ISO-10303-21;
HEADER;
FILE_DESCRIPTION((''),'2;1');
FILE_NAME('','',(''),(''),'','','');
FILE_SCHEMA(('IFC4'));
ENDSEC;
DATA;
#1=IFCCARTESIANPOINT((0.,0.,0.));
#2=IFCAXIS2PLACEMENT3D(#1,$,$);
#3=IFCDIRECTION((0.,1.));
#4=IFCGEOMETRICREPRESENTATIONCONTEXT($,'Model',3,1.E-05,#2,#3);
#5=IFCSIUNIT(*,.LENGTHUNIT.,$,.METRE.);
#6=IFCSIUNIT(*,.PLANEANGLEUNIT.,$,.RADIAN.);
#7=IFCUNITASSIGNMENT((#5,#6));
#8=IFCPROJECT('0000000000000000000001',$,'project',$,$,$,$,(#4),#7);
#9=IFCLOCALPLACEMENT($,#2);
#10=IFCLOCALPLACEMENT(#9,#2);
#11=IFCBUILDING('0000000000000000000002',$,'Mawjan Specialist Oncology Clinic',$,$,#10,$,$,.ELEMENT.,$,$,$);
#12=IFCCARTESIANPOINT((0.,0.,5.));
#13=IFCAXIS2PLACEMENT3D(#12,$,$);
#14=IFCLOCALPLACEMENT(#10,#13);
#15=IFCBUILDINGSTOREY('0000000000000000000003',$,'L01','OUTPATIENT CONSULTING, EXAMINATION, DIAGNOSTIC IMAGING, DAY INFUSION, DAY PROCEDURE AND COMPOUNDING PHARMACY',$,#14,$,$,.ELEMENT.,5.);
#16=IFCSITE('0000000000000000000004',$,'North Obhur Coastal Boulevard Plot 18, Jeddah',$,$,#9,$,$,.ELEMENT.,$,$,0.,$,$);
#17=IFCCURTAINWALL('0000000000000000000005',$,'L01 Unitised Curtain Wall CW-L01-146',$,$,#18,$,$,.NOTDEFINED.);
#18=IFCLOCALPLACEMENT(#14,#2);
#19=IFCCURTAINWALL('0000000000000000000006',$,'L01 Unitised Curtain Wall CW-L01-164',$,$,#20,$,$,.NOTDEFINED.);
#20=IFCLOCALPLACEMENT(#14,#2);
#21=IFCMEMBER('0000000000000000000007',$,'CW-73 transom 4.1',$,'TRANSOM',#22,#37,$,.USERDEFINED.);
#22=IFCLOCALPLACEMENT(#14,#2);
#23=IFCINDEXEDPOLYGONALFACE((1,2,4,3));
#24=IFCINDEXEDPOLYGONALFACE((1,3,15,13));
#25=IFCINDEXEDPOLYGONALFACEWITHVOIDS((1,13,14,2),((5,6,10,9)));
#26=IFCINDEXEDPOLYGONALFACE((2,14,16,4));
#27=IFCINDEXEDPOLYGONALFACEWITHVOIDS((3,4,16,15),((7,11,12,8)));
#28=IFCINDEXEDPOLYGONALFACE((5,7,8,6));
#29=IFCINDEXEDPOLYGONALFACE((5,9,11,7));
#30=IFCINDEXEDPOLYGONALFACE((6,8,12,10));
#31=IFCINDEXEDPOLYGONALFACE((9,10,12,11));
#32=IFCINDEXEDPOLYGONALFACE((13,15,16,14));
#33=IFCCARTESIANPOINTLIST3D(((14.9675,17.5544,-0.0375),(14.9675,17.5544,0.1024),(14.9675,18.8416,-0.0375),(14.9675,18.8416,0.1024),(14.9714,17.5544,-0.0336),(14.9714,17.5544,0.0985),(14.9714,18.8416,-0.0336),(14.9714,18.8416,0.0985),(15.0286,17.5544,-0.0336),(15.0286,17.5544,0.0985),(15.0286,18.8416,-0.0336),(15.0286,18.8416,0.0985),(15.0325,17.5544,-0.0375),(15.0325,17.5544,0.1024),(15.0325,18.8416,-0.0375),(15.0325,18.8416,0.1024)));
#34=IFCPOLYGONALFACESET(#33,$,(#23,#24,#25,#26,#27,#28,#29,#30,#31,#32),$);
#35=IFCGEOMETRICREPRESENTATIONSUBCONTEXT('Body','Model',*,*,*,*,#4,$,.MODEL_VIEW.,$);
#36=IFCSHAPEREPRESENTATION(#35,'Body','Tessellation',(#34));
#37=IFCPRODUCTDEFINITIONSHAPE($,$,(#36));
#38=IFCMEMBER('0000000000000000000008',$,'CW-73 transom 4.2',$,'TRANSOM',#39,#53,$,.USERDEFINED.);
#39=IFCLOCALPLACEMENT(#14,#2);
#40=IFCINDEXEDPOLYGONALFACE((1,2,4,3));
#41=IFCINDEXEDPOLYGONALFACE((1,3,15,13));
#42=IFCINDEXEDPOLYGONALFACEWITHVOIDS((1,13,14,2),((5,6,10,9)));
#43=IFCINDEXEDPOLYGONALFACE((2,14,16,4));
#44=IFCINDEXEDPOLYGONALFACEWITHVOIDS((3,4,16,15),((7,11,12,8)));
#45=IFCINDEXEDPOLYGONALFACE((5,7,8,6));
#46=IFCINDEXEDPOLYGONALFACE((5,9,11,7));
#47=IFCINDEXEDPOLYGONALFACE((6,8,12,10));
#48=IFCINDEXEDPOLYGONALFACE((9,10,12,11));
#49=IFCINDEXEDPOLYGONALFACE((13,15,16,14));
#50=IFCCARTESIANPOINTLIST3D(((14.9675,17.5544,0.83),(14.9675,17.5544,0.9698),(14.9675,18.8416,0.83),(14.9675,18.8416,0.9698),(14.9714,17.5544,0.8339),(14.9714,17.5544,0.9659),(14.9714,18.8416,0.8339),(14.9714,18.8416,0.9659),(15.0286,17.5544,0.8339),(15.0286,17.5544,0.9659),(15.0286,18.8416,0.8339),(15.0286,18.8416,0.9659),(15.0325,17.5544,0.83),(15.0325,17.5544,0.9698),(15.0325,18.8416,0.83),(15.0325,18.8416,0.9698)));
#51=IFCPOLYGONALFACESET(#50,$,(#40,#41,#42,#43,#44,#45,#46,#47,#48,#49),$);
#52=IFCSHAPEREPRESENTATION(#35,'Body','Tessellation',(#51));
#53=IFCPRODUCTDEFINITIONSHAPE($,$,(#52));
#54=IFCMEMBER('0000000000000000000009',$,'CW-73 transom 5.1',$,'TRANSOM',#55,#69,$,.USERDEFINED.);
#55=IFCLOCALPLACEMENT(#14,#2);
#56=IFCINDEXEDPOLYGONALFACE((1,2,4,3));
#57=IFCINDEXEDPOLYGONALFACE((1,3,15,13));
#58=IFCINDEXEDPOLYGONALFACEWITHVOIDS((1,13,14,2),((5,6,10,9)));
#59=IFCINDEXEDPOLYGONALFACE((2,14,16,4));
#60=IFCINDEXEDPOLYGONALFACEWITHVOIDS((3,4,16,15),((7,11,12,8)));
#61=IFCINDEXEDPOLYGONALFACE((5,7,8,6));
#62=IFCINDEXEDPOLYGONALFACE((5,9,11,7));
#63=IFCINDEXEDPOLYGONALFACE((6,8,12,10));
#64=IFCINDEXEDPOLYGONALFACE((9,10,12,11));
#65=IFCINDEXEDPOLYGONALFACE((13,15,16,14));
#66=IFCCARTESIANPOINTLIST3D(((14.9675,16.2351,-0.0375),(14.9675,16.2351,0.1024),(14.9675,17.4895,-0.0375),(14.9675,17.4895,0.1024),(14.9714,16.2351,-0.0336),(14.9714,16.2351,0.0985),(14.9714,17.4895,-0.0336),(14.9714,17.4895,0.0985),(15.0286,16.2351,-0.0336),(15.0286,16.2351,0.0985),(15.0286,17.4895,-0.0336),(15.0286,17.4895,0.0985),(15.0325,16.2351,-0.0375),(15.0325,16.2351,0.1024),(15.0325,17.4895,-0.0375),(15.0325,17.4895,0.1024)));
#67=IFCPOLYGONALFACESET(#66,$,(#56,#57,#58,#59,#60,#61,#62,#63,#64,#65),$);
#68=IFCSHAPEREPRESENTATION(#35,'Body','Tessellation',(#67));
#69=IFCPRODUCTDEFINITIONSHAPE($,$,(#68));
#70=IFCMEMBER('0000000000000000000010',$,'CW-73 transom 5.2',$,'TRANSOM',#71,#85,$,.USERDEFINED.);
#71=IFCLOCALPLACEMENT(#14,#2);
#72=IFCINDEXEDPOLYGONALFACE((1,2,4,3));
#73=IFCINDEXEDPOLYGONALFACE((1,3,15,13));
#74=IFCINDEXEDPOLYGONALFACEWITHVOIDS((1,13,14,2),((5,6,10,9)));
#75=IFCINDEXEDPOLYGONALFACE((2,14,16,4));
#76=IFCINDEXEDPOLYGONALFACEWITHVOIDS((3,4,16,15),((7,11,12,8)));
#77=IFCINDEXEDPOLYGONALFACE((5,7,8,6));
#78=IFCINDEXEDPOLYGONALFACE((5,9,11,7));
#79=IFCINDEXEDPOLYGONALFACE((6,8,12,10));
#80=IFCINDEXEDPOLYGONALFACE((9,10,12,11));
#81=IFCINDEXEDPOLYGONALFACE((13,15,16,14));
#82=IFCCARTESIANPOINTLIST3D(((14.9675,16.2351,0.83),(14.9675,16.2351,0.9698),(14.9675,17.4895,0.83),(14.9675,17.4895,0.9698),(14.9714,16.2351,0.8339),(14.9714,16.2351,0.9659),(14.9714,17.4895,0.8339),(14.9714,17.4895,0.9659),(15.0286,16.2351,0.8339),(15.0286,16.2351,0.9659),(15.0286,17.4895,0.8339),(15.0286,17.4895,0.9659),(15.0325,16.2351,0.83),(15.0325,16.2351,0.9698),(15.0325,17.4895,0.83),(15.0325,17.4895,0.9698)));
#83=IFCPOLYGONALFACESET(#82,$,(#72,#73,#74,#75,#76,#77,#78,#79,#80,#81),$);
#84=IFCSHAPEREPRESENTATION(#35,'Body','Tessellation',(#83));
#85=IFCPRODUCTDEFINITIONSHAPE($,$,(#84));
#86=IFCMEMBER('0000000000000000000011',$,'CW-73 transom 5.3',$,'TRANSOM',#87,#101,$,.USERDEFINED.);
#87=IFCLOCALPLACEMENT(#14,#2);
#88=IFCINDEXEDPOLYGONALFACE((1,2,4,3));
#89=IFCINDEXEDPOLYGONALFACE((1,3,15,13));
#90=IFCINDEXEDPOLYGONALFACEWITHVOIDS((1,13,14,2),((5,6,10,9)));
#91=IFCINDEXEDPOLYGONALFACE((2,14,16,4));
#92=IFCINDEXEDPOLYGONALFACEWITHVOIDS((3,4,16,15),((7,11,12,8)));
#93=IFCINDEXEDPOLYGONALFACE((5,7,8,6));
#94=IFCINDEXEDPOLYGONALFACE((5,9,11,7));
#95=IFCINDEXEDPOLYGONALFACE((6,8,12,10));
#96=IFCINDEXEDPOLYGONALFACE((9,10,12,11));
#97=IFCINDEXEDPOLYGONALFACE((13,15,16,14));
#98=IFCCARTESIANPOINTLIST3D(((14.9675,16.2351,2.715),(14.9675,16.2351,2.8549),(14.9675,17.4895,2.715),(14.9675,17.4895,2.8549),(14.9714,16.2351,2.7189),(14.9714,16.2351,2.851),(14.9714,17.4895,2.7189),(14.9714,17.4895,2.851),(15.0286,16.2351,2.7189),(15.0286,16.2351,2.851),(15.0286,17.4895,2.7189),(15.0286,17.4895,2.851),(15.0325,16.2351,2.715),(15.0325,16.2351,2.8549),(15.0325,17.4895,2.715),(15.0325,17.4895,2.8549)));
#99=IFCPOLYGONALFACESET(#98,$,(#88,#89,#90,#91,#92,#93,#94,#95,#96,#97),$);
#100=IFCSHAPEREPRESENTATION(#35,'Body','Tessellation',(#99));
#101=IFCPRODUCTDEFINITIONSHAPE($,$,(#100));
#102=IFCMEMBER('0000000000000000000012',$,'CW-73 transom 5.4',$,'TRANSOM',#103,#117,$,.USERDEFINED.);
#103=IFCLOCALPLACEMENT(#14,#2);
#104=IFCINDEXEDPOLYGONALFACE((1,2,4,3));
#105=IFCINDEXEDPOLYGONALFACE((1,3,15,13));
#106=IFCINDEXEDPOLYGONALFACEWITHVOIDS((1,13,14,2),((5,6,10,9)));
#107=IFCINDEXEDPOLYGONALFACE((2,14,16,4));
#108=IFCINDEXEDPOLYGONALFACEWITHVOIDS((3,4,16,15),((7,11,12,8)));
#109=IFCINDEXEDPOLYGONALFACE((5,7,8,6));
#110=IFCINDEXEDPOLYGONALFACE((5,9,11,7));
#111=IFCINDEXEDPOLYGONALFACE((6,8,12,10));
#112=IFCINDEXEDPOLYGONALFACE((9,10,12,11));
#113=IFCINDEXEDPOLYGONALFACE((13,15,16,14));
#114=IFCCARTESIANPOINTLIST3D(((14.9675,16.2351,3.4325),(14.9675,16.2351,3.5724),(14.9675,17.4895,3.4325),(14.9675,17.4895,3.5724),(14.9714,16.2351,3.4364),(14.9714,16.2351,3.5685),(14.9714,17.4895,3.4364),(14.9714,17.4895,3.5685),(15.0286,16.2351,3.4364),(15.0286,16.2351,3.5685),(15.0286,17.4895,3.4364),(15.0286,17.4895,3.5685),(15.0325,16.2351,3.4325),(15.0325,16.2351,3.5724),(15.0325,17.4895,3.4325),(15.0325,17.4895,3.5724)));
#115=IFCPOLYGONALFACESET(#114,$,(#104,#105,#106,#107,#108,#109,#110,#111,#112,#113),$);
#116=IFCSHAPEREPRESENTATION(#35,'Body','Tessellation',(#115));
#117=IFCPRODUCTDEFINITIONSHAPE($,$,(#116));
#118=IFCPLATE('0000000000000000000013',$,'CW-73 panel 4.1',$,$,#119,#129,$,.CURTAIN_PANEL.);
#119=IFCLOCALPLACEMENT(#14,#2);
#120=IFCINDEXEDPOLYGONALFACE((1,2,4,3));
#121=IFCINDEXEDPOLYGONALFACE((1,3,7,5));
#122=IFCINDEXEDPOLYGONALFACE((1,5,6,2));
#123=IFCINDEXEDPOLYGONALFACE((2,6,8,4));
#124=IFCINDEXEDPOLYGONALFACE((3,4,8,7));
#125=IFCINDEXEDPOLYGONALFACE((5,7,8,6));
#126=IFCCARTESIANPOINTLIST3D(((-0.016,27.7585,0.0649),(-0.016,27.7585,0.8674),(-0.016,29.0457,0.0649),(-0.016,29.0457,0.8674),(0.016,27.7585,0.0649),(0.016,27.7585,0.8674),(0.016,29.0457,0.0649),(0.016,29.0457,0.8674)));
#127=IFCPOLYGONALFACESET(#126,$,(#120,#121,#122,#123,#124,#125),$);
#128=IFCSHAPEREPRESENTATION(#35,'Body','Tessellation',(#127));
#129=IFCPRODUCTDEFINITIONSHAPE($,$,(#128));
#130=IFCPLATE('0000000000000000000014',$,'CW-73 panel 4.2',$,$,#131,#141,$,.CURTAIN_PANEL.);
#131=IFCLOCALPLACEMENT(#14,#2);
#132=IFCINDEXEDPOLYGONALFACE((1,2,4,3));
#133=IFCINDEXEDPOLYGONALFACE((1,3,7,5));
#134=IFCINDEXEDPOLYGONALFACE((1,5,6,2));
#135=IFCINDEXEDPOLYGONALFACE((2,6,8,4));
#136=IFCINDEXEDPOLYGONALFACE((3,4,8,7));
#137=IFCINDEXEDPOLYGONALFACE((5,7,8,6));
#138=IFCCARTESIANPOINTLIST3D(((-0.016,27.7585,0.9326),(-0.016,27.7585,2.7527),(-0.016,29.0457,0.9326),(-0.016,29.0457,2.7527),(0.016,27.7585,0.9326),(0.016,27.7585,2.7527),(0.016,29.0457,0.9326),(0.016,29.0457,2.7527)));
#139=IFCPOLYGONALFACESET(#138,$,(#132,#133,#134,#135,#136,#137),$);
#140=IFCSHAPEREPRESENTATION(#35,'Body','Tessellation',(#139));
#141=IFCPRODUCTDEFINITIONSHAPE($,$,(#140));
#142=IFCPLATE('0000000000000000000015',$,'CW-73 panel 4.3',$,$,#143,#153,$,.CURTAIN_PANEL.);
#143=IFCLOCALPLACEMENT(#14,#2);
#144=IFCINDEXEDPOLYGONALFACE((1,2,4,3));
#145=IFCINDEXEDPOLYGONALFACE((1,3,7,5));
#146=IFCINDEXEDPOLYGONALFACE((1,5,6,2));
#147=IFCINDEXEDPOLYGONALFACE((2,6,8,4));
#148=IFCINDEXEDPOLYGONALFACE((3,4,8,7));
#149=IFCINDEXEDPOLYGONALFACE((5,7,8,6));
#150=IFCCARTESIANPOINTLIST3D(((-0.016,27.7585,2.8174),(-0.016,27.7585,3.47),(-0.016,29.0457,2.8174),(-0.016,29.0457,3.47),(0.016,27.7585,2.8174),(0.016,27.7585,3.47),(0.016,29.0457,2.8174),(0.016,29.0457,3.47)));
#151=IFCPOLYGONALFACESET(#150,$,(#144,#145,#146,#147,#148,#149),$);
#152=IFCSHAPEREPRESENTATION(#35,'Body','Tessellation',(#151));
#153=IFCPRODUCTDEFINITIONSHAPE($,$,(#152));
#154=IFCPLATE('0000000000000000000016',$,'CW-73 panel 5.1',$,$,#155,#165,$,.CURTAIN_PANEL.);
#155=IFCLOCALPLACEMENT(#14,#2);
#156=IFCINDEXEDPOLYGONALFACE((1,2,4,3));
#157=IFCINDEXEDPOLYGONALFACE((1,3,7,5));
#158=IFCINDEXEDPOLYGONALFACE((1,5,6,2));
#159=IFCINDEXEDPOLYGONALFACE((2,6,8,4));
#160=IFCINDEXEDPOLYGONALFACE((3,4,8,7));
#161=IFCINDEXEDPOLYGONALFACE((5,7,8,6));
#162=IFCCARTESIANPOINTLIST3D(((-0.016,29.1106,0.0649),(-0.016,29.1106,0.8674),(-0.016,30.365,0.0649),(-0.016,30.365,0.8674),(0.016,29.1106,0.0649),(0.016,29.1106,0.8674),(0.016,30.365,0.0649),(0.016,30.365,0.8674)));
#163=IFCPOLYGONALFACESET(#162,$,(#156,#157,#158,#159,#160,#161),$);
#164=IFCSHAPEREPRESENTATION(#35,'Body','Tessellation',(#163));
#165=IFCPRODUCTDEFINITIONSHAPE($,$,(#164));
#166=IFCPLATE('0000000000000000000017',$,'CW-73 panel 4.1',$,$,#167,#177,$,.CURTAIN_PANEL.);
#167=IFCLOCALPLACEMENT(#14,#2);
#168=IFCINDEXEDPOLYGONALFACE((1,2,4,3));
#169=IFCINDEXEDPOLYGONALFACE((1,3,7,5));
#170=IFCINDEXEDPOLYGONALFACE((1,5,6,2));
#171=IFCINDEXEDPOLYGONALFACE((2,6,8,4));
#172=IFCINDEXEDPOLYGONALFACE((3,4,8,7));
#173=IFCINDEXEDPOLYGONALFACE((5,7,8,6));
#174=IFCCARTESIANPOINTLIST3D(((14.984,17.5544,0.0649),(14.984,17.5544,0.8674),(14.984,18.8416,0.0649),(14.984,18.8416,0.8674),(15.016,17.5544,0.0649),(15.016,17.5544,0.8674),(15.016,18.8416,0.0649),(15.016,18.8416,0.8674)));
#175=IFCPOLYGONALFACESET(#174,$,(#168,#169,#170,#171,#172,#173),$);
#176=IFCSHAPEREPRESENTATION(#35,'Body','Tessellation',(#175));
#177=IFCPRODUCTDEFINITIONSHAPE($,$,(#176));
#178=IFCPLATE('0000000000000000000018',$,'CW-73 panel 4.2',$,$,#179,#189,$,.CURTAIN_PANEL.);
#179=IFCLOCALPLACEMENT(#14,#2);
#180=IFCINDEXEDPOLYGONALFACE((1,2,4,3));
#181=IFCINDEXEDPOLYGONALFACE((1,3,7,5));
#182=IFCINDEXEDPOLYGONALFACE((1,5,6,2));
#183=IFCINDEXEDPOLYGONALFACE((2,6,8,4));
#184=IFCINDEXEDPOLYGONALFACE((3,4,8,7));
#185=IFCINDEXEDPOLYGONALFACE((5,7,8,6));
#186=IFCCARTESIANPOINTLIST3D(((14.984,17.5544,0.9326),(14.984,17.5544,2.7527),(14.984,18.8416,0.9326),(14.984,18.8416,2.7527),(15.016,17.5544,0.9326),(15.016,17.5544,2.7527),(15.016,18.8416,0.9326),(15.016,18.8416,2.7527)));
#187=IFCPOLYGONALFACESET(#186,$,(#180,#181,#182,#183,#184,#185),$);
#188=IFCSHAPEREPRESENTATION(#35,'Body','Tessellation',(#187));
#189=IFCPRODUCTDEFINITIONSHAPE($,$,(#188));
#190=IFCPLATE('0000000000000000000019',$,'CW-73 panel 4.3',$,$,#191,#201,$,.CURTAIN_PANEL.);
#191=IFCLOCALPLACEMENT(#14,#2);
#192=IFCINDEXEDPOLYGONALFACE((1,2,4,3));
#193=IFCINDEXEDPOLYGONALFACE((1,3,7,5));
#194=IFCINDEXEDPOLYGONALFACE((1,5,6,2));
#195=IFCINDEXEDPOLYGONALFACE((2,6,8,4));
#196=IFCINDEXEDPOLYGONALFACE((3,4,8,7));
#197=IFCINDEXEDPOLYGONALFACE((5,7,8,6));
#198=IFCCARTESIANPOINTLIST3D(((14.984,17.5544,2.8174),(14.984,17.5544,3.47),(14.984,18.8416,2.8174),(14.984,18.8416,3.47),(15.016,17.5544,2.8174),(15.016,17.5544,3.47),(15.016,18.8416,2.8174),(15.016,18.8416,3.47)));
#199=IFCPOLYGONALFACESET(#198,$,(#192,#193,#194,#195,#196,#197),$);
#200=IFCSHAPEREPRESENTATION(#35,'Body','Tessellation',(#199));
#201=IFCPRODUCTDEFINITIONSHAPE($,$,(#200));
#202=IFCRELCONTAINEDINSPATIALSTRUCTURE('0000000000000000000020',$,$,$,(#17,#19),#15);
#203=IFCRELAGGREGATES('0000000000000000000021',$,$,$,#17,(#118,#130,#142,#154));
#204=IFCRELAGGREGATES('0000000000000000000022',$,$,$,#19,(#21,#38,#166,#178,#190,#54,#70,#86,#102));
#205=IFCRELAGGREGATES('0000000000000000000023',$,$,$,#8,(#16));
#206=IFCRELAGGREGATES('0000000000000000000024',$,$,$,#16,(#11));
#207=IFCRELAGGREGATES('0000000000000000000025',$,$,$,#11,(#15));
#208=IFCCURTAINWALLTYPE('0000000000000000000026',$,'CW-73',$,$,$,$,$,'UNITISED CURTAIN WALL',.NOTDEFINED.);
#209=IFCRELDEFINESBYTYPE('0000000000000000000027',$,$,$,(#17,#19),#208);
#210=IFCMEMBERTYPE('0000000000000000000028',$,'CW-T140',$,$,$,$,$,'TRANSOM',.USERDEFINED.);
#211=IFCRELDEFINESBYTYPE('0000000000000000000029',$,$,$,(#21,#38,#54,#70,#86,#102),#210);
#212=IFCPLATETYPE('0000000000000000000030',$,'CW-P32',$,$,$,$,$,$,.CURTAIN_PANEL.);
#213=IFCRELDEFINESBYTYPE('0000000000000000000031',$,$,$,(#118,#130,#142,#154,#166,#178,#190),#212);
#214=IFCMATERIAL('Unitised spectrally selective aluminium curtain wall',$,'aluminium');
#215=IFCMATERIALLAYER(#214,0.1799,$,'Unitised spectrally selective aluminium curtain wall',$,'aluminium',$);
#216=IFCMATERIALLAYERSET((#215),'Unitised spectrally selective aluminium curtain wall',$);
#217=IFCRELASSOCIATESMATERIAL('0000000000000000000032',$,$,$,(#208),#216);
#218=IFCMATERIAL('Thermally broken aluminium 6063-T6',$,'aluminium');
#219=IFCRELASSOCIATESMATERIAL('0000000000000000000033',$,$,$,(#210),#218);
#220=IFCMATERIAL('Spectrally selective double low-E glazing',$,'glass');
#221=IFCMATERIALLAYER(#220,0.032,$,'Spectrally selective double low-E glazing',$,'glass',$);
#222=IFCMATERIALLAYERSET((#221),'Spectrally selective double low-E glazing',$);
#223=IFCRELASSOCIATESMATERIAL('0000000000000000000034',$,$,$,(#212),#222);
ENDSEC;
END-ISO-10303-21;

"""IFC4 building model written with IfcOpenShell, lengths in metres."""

from ifc_helpers import new_model, si_unit, direction, frame, origin, origin_2d, place, context, subcontext, project, spatial, rectangle, hollow_rectangle, extrude, material, layer, layer_set, material_profile, profile_set, type_object, element, aggregate, save


model = new_model("IFC4")

# Units and contexts
model_context = context("Model", 3, precision=1e-05, world=origin(), true_north=direction((0.0, 1.0)))
body_context = subcontext(model_context, "Body", "Model", "MODEL_VIEW")
ifc_project = project(units=[si_unit("LENGTHUNIT", "METRE"), si_unit("PLANEANGLEUNIT", "RADIAN")], contexts=[model_context])

# Site, building, storey
site_placement = place(None, origin())
site = spatial("IfcSite", under=ifc_project, at=site_placement, Name="North Obhur Coastal Boulevard Plot 18, Jeddah", CompositionType="ELEMENT", RefElevation=0.0)
building_placement = place(site_placement, origin())
building = spatial("IfcBuilding", under=site, at=building_placement, Name="Mawjan Specialist Oncology Clinic", CompositionType="ELEMENT")
storey_placement = place(building_placement, frame((0.0, 0.0, 5.0)))
storey = spatial("IfcBuildingStorey", under=building, at=storey_placement, Name="L01", Description="OUTPATIENT CONSULTING, EXAMINATION, DIAGNOSTIC IMAGING, DAY INFUSION, DAY PROCEDURE AND COMPOUNDING PHARMACY", CompositionType="ELEMENT", Elevation=5.0)

# Curtain walls
ifc_material_1 = material(Name="Unitised spectrally selective aluminium curtain wall", Category="aluminium")
ifc_layer_1 = layer(ifc_material_1, 0.1799, Name="Unitised spectrally selective aluminium curtain wall", Category="aluminium")
ifc_layer_set_1 = layer_set([ifc_layer_1], Name="Unitised spectrally selective aluminium curtain wall")
curtain_wall_type = type_object("IfcCurtainWallType", Name="CW-73", ElementType="UNITISED CURTAIN WALL", PredefinedType="NOTDEFINED", material=ifc_layer_set_1)
curtain_wall_1_placement = place(storey_placement, origin())
curtain_wall_1 = element("IfcCurtainWall", 1, at=curtain_wall_1_placement, inside=storey, type_object=curtain_wall_type, Name="L01 Unitised Curtain Wall CW-L01-146", PredefinedType="NOTDEFINED")
curtain_wall_2_placement = place(storey_placement, origin())
curtain_wall_2 = element("IfcCurtainWall", 2, at=curtain_wall_2_placement, inside=storey, type_object=curtain_wall_type, Name="L01 Unitised Curtain Wall CW-L01-164", PredefinedType="NOTDEFINED")

# Members
ifc_material_2 = material(Name="Thermally broken aluminium 6063-T6", Category="aluminium")
ifc_material_profile_1 = material_profile(ifc_material_2, hollow_rectangle(XDim=0.0649, YDim=0.1399, WallThickness=0.0039, at=origin_2d()), Name="ALU TRANSOM 140x65x4", Category="aluminium")
ifc_profile_set_1 = profile_set([ifc_material_profile_1], Name="Thermally broken aluminium 6063-T6")
member_type_1 = type_object("IfcMemberType", Name="CW-T140", ElementType="TRANSOM", PredefinedType="USERDEFINED", material=ifc_profile_set_1)
member_1_placement = place(storey_placement, frame((15.0, 18.8416, 0.0325), z_axis=(0.0, -1.0, 0.0), x_axis=(1.0, 0.0, 0.0)))
member_1 = element("IfcMember", 3, at=member_1_placement, type_object=member_type_1, Name="CW-73 transom 4.1", ObjectType="TRANSOM", PredefinedType="USERDEFINED", context=body_context, shape_type="SweptSolid", body=[
    extrude(hollow_rectangle(XDim=0.0649, YDim=0.1399, WallThickness=0.0039, at=origin_2d()), origin(), (0.0, 0.0, 1.0), 1.2871),
])
member_2_placement = place(storey_placement, frame((15.0, 18.8416, 0.8999), z_axis=(0.0, -1.0, 0.0), x_axis=(1.0, 0.0, 0.0)))
member_2 = element("IfcMember", 4, at=member_2_placement, type_object=member_type_1, Name="CW-73 transom 4.2", ObjectType="TRANSOM", PredefinedType="USERDEFINED", context=body_context, shape_type="SweptSolid", body=[
    extrude(hollow_rectangle(XDim=0.0649, YDim=0.1399, WallThickness=0.0039, at=origin_2d()), origin(), (0.0, 0.0, 1.0), 1.2871),
])
member_3_placement = place(storey_placement, frame((15.0, 17.4895, 0.0325), z_axis=(0.0, -1.0, 0.0), x_axis=(1.0, 0.0, 0.0)))
member_3 = element("IfcMember", 5, at=member_3_placement, type_object=member_type_1, Name="CW-73 transom 5.1", ObjectType="TRANSOM", PredefinedType="USERDEFINED", context=body_context, shape_type="SweptSolid", body=[
    extrude(hollow_rectangle(XDim=0.0649, YDim=0.1399, WallThickness=0.0039, at=origin_2d()), origin(), (0.0, 0.0, 1.0), 1.2544),
])
member_4_placement = place(storey_placement, frame((15.0, 17.4895, 0.8999), z_axis=(0.0, -1.0, 0.0), x_axis=(1.0, 0.0, 0.0)))
member_4 = element("IfcMember", 6, at=member_4_placement, type_object=member_type_1, Name="CW-73 transom 5.2", ObjectType="TRANSOM", PredefinedType="USERDEFINED", context=body_context, shape_type="SweptSolid", body=[
    extrude(hollow_rectangle(XDim=0.0649, YDim=0.1399, WallThickness=0.0039, at=origin_2d()), origin(), (0.0, 0.0, 1.0), 1.2544),
])
member_5_placement = place(storey_placement, frame((15.0, 17.4895, 2.7849), z_axis=(0.0, -1.0, 0.0), x_axis=(1.0, 0.0, 0.0)))
member_5 = element("IfcMember", 7, at=member_5_placement, type_object=member_type_1, Name="CW-73 transom 5.3", ObjectType="TRANSOM", PredefinedType="USERDEFINED", context=body_context, shape_type="SweptSolid", body=[
    extrude(hollow_rectangle(XDim=0.0649, YDim=0.1399, WallThickness=0.0039, at=origin_2d()), origin(), (0.0, 0.0, 1.0), 1.2544),
])
member_6_placement = place(storey_placement, frame((15.0, 17.4895, 3.5024), z_axis=(0.0, -1.0, 0.0), x_axis=(1.0, 0.0, 0.0)))
member_6 = element("IfcMember", 8, at=member_6_placement, type_object=member_type_1, Name="CW-73 transom 5.4", ObjectType="TRANSOM", PredefinedType="USERDEFINED", context=body_context, shape_type="SweptSolid", body=[
    extrude(hollow_rectangle(XDim=0.0649, YDim=0.1399, WallThickness=0.0039, at=origin_2d()), origin(), (0.0, 0.0, 1.0), 1.2544),
])

# Plates
ifc_material_3 = material(Name="Spectrally selective double low-E glazing", Category="glass")
ifc_layer_2 = layer(ifc_material_3, 0.032, Name="Spectrally selective double low-E glazing", Category="glass")
ifc_layer_set_2 = layer_set([ifc_layer_2], Name="Spectrally selective double low-E glazing")
plate_type = type_object("IfcPlateType", Name="CW-P32", PredefinedType="CURTAIN_PANEL", material=ifc_layer_set_2)
plate_1_placement = place(storey_placement, frame((0.0, 28.4021, 0.0649), z_axis=(0.0, 0.0, 1.0), x_axis=(0.0, 1.0, 0.0)))
plate_1 = element("IfcPlate", 9, at=plate_1_placement, type_object=plate_type, Name="CW-73 panel 4.1", PredefinedType="CURTAIN_PANEL", context=body_context, shape_type="SweptSolid", body=[
    extrude(rectangle(XDim=1.2871, YDim=0.032, at=origin_2d()), origin(), (0.0, 0.0, 1.0), 0.8025),
])
plate_2_placement = place(storey_placement, frame((0.0, 28.4021, 0.9326), z_axis=(0.0, 0.0, 1.0), x_axis=(0.0, 1.0, 0.0)))
plate_2 = element("IfcPlate", 10, at=plate_2_placement, type_object=plate_type, Name="CW-73 panel 4.2", PredefinedType="CURTAIN_PANEL", context=body_context, shape_type="SweptSolid", body=[
    extrude(rectangle(XDim=1.2871, YDim=0.032, at=origin_2d()), origin(), (0.0, 0.0, 1.0), 1.8201),
])
plate_3_placement = place(storey_placement, frame((0.0, 28.4021, 2.8174), z_axis=(0.0, 0.0, 1.0), x_axis=(0.0, 1.0, 0.0)))
plate_3 = element("IfcPlate", 11, at=plate_3_placement, type_object=plate_type, Name="CW-73 panel 4.3", PredefinedType="CURTAIN_PANEL", context=body_context, shape_type="SweptSolid", body=[
    extrude(rectangle(XDim=1.2871, YDim=0.032, at=origin_2d()), origin(), (0.0, 0.0, 1.0), 0.6526),
])
plate_4_placement = place(storey_placement, frame((0.0, 29.7378, 0.0649), z_axis=(0.0, 0.0, 1.0), x_axis=(0.0, 1.0, 0.0)))
plate_4 = element("IfcPlate", 12, at=plate_4_placement, type_object=plate_type, Name="CW-73 panel 5.1", PredefinedType="CURTAIN_PANEL", context=body_context, shape_type="SweptSolid", body=[
    extrude(rectangle(XDim=1.2544, YDim=0.032, at=origin_2d()), origin(), (0.0, 0.0, 1.0), 0.8025),
])
aggregate(curtain_wall_1, [plate_1, plate_2, plate_3, plate_4])
plate_5_placement = place(storey_placement, frame((15.0, 18.198, 0.0649), z_axis=(0.0, 0.0, 1.0), x_axis=(0.0, -1.0, 0.0)))
plate_5 = element("IfcPlate", 13, at=plate_5_placement, type_object=plate_type, Name="CW-73 panel 4.1", PredefinedType="CURTAIN_PANEL", context=body_context, shape_type="SweptSolid", body=[
    extrude(rectangle(XDim=1.2871, YDim=0.032, at=origin_2d()), origin(), (0.0, 0.0, 1.0), 0.8025),
])
plate_6_placement = place(storey_placement, frame((15.0, 18.198, 0.9326), z_axis=(0.0, 0.0, 1.0), x_axis=(0.0, -1.0, 0.0)))
plate_6 = element("IfcPlate", 14, at=plate_6_placement, type_object=plate_type, Name="CW-73 panel 4.2", PredefinedType="CURTAIN_PANEL", context=body_context, shape_type="SweptSolid", body=[
    extrude(rectangle(XDim=1.2871, YDim=0.032, at=origin_2d()), origin(), (0.0, 0.0, 1.0), 1.8201),
])
plate_7_placement = place(storey_placement, frame((15.0, 18.198, 2.8174), z_axis=(0.0, 0.0, 1.0), x_axis=(0.0, -1.0, 0.0)))
plate_7 = element("IfcPlate", 15, at=plate_7_placement, type_object=plate_type, Name="CW-73 panel 4.3", PredefinedType="CURTAIN_PANEL", context=body_context, shape_type="SweptSolid", body=[
    extrude(rectangle(XDim=1.2871, YDim=0.032, at=origin_2d()), origin(), (0.0, 0.0, 1.0), 0.6526),
])
aggregate(curtain_wall_2, [member_1, member_2, plate_5, plate_6, plate_7, member_3, member_4, member_5, member_6])

save(model, "model.ifc")
